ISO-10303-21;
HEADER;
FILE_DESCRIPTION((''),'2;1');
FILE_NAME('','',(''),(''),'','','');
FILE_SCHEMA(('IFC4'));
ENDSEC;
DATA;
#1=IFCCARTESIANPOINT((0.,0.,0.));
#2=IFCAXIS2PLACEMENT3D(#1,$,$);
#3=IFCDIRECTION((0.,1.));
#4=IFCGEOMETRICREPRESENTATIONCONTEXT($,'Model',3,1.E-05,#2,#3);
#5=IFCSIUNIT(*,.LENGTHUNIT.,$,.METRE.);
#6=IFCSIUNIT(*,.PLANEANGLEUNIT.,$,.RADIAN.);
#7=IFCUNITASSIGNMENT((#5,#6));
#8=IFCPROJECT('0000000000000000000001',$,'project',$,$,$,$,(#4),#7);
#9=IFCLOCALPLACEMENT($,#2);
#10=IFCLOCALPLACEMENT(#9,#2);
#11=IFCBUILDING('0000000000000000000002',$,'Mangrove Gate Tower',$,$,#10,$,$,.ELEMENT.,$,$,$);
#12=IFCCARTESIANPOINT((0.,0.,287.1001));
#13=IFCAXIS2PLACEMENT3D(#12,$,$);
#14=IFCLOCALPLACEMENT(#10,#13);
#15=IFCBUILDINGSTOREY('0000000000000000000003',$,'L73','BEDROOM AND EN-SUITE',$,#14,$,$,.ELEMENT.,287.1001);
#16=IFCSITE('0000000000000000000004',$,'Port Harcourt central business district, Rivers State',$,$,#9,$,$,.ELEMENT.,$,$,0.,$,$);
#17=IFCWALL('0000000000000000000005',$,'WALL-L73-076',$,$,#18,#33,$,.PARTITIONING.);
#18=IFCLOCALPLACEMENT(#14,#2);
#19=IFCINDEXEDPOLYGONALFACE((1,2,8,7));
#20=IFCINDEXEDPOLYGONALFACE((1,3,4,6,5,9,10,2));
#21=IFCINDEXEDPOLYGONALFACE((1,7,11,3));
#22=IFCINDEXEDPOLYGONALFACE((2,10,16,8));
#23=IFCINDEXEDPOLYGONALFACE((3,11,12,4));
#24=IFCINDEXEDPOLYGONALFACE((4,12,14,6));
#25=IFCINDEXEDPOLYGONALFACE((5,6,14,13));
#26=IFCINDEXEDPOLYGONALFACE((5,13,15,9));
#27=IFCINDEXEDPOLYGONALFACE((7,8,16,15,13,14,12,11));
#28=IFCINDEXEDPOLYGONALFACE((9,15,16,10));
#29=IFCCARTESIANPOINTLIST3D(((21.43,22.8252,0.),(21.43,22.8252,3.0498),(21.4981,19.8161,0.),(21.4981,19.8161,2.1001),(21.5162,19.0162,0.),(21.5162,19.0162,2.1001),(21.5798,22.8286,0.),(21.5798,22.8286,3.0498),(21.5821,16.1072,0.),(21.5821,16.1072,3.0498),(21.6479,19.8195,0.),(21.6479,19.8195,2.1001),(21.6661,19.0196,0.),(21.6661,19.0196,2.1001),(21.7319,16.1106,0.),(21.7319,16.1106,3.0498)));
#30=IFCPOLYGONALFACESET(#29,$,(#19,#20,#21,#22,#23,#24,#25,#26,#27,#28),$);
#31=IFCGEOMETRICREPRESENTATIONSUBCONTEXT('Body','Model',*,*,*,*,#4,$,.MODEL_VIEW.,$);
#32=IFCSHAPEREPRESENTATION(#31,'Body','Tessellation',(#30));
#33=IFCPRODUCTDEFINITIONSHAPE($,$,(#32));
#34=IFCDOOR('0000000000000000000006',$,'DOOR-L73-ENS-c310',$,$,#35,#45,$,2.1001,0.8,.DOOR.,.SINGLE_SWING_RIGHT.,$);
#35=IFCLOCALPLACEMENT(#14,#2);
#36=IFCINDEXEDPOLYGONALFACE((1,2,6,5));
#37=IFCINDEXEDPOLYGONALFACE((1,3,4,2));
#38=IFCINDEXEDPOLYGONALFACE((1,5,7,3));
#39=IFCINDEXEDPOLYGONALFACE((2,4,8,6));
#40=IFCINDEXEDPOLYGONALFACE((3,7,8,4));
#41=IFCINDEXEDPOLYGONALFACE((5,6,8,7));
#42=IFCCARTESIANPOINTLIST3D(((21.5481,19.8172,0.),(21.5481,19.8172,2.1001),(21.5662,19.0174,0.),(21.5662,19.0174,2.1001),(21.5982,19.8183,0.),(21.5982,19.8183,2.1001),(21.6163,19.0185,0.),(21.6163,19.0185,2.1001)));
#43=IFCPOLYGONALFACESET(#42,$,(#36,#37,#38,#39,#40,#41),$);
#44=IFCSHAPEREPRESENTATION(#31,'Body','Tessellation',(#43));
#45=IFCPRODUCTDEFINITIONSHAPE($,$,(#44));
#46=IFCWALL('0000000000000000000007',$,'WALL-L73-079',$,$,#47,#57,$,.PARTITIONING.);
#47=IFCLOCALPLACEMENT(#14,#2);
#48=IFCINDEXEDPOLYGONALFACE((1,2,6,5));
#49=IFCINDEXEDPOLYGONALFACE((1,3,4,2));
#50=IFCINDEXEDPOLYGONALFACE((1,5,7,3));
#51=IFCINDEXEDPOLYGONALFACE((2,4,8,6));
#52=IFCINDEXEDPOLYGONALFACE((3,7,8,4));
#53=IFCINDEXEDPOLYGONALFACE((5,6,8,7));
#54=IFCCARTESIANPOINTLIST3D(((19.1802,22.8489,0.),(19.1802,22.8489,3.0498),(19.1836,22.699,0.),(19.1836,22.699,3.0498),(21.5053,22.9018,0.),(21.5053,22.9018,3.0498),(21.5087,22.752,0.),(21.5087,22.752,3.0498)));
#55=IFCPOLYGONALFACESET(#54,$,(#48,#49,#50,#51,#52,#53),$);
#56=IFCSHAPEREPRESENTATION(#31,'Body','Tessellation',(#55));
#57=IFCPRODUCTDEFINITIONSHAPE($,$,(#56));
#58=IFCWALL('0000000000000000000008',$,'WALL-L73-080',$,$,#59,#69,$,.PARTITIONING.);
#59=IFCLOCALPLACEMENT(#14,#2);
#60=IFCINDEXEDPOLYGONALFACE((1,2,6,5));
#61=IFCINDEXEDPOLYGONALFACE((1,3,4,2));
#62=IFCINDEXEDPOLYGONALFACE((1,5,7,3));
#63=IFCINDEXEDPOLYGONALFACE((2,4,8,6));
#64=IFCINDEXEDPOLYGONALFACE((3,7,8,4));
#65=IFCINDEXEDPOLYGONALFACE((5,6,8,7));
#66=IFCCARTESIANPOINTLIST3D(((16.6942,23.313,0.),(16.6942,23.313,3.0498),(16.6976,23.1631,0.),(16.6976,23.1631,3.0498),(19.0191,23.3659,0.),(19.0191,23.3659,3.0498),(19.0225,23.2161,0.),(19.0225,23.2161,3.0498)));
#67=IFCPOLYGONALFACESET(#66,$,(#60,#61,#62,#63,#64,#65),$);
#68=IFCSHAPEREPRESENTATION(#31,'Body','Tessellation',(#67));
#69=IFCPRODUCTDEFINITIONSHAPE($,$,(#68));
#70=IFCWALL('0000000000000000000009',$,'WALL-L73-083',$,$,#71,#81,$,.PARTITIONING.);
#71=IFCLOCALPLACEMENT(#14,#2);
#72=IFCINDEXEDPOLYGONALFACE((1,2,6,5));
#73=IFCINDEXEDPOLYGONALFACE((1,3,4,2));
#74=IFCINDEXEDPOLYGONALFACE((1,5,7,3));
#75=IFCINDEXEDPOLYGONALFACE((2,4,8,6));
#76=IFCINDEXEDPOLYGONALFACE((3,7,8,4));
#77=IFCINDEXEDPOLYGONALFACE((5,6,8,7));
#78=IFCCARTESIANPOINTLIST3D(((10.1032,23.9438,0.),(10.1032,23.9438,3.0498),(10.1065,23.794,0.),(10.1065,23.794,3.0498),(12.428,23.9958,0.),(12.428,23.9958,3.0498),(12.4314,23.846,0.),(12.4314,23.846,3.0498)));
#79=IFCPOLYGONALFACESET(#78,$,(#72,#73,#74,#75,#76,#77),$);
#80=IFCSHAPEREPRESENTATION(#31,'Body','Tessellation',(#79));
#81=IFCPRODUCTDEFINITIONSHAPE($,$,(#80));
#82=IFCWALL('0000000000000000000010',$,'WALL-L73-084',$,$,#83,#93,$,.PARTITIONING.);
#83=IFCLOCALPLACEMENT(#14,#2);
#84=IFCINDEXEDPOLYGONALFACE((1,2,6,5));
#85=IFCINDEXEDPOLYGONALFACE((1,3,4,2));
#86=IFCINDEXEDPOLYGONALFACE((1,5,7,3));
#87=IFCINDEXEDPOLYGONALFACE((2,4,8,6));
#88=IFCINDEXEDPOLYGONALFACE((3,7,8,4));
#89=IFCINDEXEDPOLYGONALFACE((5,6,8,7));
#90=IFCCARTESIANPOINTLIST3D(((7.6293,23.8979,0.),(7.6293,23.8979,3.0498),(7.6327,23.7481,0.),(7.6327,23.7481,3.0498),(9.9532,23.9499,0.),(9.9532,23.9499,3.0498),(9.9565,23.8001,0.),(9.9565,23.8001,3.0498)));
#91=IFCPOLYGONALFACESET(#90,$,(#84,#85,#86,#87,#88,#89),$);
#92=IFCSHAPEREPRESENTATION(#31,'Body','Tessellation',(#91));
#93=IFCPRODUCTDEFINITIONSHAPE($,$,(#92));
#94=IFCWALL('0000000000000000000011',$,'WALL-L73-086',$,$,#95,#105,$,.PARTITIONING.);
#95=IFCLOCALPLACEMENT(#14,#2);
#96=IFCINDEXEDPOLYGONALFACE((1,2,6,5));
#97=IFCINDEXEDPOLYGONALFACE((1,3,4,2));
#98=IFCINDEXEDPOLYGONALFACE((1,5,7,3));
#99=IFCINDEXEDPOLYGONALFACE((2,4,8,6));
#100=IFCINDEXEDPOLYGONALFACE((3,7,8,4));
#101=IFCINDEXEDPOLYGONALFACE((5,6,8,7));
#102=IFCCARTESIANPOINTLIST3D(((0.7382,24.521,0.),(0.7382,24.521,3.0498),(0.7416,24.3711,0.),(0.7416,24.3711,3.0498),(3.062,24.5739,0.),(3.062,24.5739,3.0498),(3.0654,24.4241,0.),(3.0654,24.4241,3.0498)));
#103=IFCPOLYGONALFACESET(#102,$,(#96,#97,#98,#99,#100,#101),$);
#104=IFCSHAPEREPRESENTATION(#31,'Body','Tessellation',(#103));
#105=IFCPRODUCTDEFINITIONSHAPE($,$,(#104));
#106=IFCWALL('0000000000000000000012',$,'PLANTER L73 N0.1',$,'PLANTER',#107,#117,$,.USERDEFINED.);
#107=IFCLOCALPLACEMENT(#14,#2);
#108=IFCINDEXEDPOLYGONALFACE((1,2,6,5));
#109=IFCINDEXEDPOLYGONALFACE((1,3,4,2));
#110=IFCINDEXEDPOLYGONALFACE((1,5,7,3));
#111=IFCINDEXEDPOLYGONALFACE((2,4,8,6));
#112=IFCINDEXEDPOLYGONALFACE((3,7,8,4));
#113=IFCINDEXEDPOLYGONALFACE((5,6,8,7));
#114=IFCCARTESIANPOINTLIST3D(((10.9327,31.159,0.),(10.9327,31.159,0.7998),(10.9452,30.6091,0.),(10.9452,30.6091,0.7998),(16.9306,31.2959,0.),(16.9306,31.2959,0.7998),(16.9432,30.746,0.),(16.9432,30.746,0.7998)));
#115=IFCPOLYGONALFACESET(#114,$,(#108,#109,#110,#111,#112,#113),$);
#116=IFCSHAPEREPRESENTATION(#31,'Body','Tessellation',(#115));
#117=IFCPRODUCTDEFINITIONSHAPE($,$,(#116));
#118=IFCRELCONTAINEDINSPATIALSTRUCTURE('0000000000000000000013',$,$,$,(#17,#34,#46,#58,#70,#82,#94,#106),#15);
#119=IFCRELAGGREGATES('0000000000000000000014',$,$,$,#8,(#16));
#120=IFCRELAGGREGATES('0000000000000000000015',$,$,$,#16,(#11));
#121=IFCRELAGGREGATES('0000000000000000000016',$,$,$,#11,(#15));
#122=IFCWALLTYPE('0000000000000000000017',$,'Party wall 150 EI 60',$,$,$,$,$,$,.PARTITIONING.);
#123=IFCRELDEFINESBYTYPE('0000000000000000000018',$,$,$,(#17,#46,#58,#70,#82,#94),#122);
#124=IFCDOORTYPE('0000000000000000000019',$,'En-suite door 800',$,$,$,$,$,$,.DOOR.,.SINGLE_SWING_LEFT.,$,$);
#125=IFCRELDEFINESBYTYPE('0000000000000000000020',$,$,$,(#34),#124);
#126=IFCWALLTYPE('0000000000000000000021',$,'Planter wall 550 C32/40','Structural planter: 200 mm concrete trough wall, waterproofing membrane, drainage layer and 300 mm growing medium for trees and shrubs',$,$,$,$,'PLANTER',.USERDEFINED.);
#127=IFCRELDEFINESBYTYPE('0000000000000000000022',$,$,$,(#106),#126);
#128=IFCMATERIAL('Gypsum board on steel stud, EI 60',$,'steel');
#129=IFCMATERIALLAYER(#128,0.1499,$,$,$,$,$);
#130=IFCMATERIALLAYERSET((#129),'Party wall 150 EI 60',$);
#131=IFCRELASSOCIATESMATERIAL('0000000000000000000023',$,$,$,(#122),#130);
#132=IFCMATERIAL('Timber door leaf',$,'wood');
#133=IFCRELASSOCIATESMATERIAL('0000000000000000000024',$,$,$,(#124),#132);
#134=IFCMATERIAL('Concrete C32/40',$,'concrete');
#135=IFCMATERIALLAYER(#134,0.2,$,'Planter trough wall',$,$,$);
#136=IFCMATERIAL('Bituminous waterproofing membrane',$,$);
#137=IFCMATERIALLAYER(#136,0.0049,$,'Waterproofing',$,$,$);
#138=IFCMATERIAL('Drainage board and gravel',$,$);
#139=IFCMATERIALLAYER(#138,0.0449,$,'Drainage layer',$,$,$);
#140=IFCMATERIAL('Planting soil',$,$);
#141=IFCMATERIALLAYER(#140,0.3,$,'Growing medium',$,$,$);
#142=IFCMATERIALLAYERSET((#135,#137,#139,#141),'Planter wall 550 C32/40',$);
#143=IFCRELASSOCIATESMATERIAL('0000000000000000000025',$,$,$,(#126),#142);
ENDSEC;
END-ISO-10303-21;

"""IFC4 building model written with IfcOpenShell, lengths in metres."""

from ifc_helpers import new_model, si_unit, direction, frame, frame_2d, origin, place, context, subcontext, project, spatial, rectangle, extrude, material, layer, layer_set, type_object, element, fill, save


model = new_model("IFC4")

# Units and contexts
model_context = context("Model", 3, precision=1e-05, world=origin(), true_north=direction((0.0, 1.0)))
body_context = subcontext(model_context, "Body", "Model", "MODEL_VIEW")
ifc_project = project(units=[si_unit("LENGTHUNIT", "METRE"), si_unit("PLANEANGLEUNIT", "RADIAN")], contexts=[model_context])

# Site, building, storey
site_placement = place(None, origin())
site = spatial("IfcSite", under=ifc_project, at=site_placement, Name="Port Harcourt central business district, Rivers State", CompositionType="ELEMENT", RefElevation=0.0)
building_placement = place(site_placement, origin())
building = spatial("IfcBuilding", under=site, at=building_placement, Name="Mangrove Gate Tower", CompositionType="ELEMENT")
storey_placement = place(building_placement, frame((0.0, 0.0, 287.1001)))
storey = spatial("IfcBuildingStorey", under=building, at=storey_placement, Name="L73", Description="BEDROOM AND EN-SUITE", CompositionType="ELEMENT", Elevation=287.1001)

# Shared definitions
ifc_material_1 = material(Name="Gypsum board on steel stud, EI 60", Category="steel")
ifc_layer_1 = layer(ifc_material_1, 0.1499)
ifc_layer_set_1 = layer_set([ifc_layer_1], Name="Party wall 150 EI 60")
wall_type_1 = type_object("IfcWallType", Name="Party wall 150 EI 60", PredefinedType="PARTITIONING", material=ifc_layer_set_1)
ifc_material_2 = material(Name="Timber door leaf", Category="wood")
door_type = type_object("IfcDoorType", Name="En-suite door 800", OperationType="SINGLE_SWING_LEFT", PredefinedType="DOOR", material=ifc_material_2)

# Wall, opening, door
wall_1_placement = place(storey_placement, frame((21.657, 16.1089, 0.0), z_axis=(0.0, 0.0, 1.0), x_axis=(-0.022635, 0.999744, 0.0)))
wall_1 = element("IfcWall", 1, at=wall_1_placement, inside=storey, type_object=wall_type_1, Name="WALL-L73-076", PredefinedType="PARTITIONING", context=body_context, shape_type="SweptSolid", body=[
    extrude(rectangle(XDim=6.7197, YDim=0.1499, at=frame_2d((3.3599, 0.0))), origin(), (0.0, 0.0, 1.0), 3.0498),
])
opening_1_placement = place(wall_1_placement, frame((2.9099, 0.0, 0.0)))
opening_1 = element("IfcOpeningElement", 2, at=opening_1_placement, cuts=wall_1, PredefinedType="OPENING", context=body_context, shape_type="SweptSolid", body=[
    extrude(rectangle(XDim=0.8, YDim=2.1001, at=frame_2d((0.3999, 1.05))), frame((0.0, 0.085, 0.0), z_axis=(0.0, -1.0, 0.0), x_axis=(1.0, 0.0, 0.0)), (0.0, 0.0, 1.0), 0.1699),
])
door_1_placement = place(opening_1_placement, origin())
door_1 = element("IfcDoor", 3, at=door_1_placement, inside=storey, type_object=door_type, Name="DOOR-L73-ENS-c310", OperationType="SINGLE_SWING_RIGHT", OverallHeight=2.1001, OverallWidth=0.8, PredefinedType="DOOR", context=body_context, shape_type="SweptSolid", body=[
    extrude(rectangle(XDim=0.8, YDim=2.1001, at=frame_2d((0.3999, 1.05))), frame((0.0, 0.0249, 0.0), z_axis=(0.0, -1.0, 0.0), x_axis=(1.0, 0.0, 0.0)), (0.0, 0.0, 1.0), 0.05),
])
fill(opening_1, door_1)

# Walls
wall_2_placement = place(storey_placement, frame((19.1819, 22.7739, 0.0), z_axis=(0.0, 0.0, 1.0), x_axis=(0.999741, 0.022779, 0.0)))
element("IfcWall", 4, at=wall_2_placement, inside=storey, type_object=wall_type_1, Name="WALL-L73-079", PredefinedType="PARTITIONING", context=body_context, shape_type="SweptSolid", body=[
    extrude(rectangle(XDim=2.3257, YDim=0.1499, at=frame_2d((1.1628, 0.0))), origin(), (0.0, 0.0, 1.0), 3.0498),
])
for number, where, z_axis, x_axis, name in (
    (5, (16.696, 23.238, 0.0), (0.0, 0.0, 1.0), (0.99974, 0.022781, 0.0), "WALL-L73-080"),
    (6, (10.105, 23.8689, 0.0), (0.0, 0.0, 1.0), (0.99975, 0.022361, 0.0), "WALL-L73-083"),
):
    element("IfcWall", number, at=place(storey_placement, frame(where, z_axis=z_axis, x_axis=x_axis)), inside=storey, type_object=wall_type_1, Name=name, PredefinedType="PARTITIONING", context=body_context, shape_type="SweptSolid", body=[
        extrude(rectangle(XDim=2.3254, YDim=0.1499, at=frame_2d((1.1626, 0.0))), origin(), (0.0, 0.0, 1.0), 3.0498),
    ])
for number, where, z_axis, x_axis, name in (
    (7, (7.6311, 23.823, 0.0), (0.0, 0.0, 1.0), (0.99975, 0.022371, 0.0), "WALL-L73-084"),
    (8, (0.74, 24.446, 0.0), (0.0, 0.0, 1.0), (0.99974, 0.022791, 0.0), "WALL-L73-086"),
):
    element("IfcWall", number, at=place(storey_placement, frame(where, z_axis=z_axis, x_axis=x_axis)), inside=storey, type_object=wall_type_1, Name=name, PredefinedType="PARTITIONING", context=body_context, shape_type="SweptSolid", body=[
        extrude(rectangle(XDim=2.3245, YDim=0.1499, at=frame_2d((1.1621, 0.0))), origin(), (0.0, 0.0, 1.0), 3.0498),
    ])
ifc_material_3 = material(Name="Concrete C32/40", Category="concrete")
ifc_layer_2 = layer(ifc_material_3, 0.2, Name="Planter trough wall")
ifc_material_4 = material(Name="Bituminous waterproofing membrane")
ifc_layer_3 = layer(ifc_material_4, 0.0049, Name="Waterproofing")
ifc_material_5 = material(Name="Drainage board and gravel")
ifc_layer_4 = layer(ifc_material_5, 0.0449, Name="Drainage layer")
ifc_material_6 = material(Name="Planting soil")
ifc_layer_5 = layer(ifc_material_6, 0.3, Name="Growing medium")
ifc_layer_set_2 = layer_set([ifc_layer_2, ifc_layer_3, ifc_layer_4, ifc_layer_5], Name="Planter wall 550 C32/40")
wall_type_2 = type_object("IfcWallType", Name="Planter wall 550 C32/40", Description="Structural planter: 200 mm concrete trough wall, waterproofing membrane, drainage layer and 300 mm growing medium for trees and shrubs", ElementType="PLANTER", PredefinedType="USERDEFINED", material=ifc_layer_set_2)
wall_3_placement = place(storey_placement, frame((10.939, 30.884, 0.0), z_axis=(0.0, 0.0, 1.0), x_axis=(0.999739, 0.022829, 0.0)))
element("IfcWall", 9, at=wall_3_placement, inside=storey, type_object=wall_type_2, Name="PLANTER L73 N0.1", ObjectType="PLANTER", PredefinedType="USERDEFINED", context=body_context, shape_type="SweptSolid", body=[
    extrude(rectangle(XDim=5.9995, YDim=0.55, at=frame_2d((2.9998, 0.0))), origin(), (0.0, 0.0, 1.0), 0.7998),
])

save(model, "model.ifc")
